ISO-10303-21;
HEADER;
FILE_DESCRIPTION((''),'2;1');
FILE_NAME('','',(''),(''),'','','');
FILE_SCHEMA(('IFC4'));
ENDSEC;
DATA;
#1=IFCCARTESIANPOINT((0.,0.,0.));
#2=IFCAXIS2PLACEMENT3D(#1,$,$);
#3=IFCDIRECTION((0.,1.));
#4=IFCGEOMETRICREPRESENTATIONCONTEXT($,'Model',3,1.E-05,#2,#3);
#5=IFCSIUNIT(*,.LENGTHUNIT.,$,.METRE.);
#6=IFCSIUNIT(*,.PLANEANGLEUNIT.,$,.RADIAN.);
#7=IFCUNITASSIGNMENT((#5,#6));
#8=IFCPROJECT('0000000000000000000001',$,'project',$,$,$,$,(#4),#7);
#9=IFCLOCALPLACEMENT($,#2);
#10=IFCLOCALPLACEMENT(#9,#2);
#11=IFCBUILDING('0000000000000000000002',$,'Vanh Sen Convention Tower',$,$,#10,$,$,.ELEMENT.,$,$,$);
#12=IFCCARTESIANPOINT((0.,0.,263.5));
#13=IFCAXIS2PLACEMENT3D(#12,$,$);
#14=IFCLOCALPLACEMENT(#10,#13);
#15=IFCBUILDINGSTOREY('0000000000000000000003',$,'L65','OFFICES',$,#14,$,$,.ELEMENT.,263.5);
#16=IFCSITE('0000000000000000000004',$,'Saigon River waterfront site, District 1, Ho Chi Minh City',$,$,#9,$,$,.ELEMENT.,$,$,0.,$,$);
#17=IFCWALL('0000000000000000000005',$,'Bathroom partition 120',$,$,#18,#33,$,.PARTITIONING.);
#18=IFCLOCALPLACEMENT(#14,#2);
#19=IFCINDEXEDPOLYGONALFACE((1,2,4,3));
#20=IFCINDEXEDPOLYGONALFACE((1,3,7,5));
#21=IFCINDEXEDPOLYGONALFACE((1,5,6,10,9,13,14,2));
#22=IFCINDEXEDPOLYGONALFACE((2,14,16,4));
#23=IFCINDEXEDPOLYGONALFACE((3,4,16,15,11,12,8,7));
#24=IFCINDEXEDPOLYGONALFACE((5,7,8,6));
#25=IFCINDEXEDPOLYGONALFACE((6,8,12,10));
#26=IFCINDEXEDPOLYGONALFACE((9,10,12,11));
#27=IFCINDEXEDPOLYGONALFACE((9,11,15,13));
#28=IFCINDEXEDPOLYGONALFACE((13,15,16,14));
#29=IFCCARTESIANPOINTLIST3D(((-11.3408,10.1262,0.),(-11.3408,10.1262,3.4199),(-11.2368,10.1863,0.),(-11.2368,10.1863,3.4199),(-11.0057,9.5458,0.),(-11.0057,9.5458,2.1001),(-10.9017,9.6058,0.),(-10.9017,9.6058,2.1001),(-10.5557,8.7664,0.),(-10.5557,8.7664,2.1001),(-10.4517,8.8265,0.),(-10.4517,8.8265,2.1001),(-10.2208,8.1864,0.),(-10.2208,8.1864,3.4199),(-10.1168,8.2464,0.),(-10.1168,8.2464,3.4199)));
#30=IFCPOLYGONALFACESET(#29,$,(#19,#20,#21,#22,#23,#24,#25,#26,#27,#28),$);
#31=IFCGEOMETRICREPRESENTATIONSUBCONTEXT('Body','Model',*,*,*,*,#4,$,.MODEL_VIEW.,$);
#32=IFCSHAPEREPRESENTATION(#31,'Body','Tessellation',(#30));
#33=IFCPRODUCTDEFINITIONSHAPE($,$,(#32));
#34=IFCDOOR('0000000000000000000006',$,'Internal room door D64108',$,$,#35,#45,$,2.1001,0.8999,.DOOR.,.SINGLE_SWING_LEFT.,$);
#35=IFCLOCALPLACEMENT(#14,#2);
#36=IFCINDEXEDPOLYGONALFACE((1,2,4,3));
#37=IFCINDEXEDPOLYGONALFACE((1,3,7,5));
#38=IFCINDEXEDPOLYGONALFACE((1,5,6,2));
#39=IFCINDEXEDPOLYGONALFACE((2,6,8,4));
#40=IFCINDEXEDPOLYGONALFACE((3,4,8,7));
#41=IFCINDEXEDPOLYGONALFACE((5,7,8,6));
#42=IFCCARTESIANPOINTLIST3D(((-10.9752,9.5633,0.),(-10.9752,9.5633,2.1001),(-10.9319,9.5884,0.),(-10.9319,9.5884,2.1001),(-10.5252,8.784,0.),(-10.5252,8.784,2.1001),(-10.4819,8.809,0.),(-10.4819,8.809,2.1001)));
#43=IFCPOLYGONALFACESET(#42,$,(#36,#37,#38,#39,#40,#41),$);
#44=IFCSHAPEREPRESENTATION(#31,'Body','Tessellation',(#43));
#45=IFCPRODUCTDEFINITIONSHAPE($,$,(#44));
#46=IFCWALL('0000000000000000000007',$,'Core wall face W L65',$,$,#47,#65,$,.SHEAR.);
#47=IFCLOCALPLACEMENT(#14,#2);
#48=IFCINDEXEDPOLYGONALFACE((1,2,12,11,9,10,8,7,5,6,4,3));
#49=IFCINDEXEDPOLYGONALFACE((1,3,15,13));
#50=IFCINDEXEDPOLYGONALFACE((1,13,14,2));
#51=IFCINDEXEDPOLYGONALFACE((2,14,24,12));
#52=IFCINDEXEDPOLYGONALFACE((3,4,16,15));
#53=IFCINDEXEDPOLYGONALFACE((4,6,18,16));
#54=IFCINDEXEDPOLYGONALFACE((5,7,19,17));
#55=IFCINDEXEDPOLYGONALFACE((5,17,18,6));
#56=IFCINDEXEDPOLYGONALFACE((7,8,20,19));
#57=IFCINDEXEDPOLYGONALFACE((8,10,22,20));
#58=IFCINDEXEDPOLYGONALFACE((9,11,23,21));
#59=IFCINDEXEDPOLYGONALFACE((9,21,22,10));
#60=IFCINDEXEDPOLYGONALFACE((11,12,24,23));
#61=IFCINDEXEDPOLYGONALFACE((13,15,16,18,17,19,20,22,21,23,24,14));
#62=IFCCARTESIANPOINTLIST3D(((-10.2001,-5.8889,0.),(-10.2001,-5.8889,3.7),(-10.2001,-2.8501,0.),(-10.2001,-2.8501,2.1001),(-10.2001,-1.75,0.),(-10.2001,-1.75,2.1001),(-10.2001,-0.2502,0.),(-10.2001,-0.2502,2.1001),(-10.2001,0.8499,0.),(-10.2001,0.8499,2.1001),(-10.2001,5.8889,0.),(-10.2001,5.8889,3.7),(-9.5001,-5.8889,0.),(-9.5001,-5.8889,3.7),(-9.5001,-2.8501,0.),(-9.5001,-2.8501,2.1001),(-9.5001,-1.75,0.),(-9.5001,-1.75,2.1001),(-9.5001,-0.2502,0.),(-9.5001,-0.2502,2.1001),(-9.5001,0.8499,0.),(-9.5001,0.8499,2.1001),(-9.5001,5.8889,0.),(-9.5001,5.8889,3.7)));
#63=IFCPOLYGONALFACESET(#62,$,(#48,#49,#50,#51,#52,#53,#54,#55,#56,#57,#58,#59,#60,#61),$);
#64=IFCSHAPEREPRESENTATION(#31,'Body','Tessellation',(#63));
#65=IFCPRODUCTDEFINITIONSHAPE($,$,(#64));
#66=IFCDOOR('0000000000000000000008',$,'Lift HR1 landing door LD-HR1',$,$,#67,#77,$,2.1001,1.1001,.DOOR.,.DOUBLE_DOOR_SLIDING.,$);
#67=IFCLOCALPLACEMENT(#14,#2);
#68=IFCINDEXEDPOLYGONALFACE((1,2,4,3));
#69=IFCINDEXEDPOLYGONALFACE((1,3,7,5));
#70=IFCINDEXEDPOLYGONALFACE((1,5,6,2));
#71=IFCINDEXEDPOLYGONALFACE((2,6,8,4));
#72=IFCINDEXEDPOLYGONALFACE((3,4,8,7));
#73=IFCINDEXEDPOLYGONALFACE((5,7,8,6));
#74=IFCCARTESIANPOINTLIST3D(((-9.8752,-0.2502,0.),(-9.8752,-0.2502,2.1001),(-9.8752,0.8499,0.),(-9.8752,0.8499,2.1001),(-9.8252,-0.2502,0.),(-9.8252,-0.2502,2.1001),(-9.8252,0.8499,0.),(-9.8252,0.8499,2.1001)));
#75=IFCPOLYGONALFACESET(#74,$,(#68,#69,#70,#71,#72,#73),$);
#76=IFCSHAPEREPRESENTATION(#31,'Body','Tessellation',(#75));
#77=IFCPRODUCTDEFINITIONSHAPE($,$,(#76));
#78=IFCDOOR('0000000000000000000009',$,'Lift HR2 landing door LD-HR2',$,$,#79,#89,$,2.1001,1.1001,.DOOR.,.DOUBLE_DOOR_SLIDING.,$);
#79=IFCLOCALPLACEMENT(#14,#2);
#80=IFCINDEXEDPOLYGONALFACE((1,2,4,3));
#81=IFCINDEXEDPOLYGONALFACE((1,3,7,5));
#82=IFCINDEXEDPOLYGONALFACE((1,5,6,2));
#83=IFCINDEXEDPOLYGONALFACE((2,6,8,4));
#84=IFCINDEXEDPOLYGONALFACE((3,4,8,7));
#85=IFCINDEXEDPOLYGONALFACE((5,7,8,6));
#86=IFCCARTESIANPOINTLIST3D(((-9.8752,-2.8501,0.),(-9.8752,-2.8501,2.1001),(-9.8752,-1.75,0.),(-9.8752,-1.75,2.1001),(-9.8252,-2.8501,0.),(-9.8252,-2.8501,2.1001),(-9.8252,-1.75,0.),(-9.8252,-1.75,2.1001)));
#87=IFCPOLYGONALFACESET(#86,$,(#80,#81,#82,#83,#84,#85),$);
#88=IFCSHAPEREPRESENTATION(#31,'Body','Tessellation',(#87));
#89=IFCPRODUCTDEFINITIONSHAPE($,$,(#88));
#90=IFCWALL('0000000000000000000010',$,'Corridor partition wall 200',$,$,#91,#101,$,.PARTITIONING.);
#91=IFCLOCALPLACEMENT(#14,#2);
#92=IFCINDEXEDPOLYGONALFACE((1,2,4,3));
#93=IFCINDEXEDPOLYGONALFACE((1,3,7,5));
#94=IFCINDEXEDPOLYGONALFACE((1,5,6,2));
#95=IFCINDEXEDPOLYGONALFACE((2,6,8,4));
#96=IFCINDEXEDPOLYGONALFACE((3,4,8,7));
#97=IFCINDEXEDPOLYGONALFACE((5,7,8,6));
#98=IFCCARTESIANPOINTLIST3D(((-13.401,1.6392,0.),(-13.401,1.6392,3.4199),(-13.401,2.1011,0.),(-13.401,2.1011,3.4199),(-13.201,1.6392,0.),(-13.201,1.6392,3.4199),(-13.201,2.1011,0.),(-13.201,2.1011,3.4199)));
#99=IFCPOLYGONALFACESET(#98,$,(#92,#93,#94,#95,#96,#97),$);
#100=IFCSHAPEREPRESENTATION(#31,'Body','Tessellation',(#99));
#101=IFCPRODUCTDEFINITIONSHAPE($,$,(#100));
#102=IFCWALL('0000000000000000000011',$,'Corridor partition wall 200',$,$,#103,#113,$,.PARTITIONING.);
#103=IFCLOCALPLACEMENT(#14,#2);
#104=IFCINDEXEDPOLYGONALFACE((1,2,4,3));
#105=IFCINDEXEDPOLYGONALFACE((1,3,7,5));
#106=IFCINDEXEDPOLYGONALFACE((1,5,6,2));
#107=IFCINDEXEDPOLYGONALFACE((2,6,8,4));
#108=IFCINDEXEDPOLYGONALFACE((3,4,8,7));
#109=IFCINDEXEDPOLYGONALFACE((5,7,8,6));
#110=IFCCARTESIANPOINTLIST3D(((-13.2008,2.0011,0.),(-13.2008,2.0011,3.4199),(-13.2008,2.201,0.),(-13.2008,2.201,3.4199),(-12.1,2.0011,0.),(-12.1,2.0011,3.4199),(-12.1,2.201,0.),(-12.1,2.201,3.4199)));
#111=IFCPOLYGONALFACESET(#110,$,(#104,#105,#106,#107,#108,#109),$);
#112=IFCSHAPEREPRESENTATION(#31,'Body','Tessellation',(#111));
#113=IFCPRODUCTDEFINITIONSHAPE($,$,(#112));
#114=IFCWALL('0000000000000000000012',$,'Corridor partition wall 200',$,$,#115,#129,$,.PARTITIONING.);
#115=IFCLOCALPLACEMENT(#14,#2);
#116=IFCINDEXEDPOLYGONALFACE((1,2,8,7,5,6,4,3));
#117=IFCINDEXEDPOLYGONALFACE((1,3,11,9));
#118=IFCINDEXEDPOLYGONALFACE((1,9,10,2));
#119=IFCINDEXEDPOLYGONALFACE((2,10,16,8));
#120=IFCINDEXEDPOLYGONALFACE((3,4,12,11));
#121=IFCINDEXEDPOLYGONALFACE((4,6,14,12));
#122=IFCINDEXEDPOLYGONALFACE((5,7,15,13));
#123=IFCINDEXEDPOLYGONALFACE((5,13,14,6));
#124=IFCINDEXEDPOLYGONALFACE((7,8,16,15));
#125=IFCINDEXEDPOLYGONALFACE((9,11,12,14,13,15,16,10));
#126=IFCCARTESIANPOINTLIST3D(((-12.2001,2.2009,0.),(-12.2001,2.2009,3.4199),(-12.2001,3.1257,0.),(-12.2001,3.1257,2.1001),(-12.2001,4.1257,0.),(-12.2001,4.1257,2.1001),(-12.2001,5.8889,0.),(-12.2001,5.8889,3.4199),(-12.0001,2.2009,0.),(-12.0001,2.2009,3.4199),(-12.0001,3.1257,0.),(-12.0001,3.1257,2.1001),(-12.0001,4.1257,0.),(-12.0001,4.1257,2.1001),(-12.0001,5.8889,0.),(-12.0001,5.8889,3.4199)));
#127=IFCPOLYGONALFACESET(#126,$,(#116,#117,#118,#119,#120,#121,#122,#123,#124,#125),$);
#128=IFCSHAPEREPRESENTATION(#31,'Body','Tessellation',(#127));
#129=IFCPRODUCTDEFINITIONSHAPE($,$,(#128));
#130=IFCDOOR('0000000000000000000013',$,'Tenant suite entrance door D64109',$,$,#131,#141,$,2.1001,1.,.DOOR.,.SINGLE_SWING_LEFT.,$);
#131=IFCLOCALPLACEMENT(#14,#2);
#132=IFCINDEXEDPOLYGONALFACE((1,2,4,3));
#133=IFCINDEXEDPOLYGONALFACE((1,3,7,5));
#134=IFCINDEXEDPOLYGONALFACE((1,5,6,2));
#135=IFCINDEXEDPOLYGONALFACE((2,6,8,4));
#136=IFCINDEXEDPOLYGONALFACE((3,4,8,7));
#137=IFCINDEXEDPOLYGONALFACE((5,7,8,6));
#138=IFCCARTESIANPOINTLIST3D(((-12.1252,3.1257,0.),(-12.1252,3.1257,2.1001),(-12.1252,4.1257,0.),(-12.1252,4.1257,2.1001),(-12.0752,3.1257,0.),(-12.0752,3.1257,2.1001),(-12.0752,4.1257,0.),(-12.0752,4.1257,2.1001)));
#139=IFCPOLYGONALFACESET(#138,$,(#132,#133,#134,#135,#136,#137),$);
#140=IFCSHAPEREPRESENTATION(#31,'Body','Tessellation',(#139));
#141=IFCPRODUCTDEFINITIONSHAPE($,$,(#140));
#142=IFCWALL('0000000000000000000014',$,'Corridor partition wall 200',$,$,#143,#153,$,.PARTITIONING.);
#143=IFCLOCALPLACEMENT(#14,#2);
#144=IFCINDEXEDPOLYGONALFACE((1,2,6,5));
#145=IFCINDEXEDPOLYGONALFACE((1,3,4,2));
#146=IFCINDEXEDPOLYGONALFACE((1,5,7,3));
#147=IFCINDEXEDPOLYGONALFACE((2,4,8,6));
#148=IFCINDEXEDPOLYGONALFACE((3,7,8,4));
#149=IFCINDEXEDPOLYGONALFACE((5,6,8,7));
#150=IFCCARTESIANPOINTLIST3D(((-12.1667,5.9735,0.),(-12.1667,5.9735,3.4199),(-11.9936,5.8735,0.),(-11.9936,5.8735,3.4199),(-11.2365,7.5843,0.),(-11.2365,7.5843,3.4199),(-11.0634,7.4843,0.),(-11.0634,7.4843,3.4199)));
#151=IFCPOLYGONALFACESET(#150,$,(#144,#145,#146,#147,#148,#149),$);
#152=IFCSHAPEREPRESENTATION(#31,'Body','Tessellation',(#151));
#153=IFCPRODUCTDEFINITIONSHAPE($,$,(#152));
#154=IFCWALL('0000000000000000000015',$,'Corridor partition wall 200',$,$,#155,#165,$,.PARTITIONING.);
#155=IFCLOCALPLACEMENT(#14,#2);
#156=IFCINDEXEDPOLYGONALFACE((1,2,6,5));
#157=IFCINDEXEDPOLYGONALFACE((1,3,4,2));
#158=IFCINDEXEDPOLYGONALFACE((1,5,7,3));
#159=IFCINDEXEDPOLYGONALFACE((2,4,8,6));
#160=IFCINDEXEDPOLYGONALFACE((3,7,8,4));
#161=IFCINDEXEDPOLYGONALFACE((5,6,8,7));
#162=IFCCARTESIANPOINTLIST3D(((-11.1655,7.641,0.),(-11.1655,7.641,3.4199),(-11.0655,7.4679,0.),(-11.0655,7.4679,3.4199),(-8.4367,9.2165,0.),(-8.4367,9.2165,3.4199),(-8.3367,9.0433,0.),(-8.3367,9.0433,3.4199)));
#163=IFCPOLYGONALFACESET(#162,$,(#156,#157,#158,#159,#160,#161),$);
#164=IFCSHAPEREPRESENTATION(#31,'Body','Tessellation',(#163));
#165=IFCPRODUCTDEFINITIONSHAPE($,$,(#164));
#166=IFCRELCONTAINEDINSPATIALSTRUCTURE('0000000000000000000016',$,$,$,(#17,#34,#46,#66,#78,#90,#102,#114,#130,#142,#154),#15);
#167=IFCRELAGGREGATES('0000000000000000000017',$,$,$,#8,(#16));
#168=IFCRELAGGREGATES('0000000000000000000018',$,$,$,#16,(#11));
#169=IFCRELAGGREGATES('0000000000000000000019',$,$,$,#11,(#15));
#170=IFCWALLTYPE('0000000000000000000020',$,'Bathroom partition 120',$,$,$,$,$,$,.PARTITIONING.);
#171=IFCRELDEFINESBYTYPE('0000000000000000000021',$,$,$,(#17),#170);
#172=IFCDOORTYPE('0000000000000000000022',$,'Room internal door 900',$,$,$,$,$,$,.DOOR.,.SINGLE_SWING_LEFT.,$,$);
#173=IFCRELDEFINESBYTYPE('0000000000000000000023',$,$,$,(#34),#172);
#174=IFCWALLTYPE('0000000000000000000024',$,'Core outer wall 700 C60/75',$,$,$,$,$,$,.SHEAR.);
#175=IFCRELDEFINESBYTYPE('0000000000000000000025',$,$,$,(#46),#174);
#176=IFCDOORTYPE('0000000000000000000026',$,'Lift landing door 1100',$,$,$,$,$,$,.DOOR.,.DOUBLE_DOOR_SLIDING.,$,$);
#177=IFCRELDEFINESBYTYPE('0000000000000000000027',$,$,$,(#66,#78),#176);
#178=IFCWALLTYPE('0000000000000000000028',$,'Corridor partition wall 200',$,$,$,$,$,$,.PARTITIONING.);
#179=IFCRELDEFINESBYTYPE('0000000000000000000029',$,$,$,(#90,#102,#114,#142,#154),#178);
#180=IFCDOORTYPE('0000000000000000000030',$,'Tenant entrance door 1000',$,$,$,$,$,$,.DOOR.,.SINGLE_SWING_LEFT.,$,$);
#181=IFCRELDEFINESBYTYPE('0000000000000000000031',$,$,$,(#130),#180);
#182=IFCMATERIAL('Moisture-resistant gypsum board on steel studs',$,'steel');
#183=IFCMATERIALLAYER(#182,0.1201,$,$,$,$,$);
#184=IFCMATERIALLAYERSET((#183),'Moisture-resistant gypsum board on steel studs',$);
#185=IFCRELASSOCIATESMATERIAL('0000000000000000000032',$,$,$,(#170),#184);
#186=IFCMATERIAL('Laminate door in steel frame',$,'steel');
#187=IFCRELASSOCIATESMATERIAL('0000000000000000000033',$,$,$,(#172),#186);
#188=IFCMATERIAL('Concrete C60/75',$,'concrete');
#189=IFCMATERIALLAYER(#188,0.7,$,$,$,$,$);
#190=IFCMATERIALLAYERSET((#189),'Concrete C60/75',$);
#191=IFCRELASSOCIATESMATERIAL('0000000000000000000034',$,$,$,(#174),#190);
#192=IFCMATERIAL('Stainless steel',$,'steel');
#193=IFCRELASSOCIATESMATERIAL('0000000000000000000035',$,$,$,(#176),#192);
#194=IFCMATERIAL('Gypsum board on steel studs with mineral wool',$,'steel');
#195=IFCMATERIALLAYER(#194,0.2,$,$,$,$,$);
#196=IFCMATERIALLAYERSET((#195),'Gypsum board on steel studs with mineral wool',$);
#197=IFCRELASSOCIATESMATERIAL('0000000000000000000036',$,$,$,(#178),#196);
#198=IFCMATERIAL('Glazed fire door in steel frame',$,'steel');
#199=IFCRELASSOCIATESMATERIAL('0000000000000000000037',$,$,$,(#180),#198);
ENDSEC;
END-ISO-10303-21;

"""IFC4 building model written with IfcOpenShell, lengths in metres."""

from ifc_helpers import new_model, si_unit, direction, frame, frame_2d, origin, place, context, subcontext, project, spatial, rectangle, extrude, material, layer, layer_set, type_object, element, fill, save


model = new_model("IFC4")

# Units and contexts
model_context = context("Model", 3, precision=1e-05, world=origin(), true_north=direction((0.0, 1.0)))
body_context = subcontext(model_context, "Body", "Model", "MODEL_VIEW")
ifc_project = project(units=[si_unit("LENGTHUNIT", "METRE"), si_unit("PLANEANGLEUNIT", "RADIAN")], contexts=[model_context])

# Site, building, storey
site_placement = place(None, origin())
site = spatial("IfcSite", under=ifc_project, at=site_placement, Name="Saigon River waterfront site, District 1, Ho Chi Minh City", CompositionType="ELEMENT", RefElevation=0.0)
building_placement = place(site_placement, origin())
building = spatial("IfcBuilding", under=site, at=building_placement, Name="Vanh Sen Convention Tower", CompositionType="ELEMENT")
storey_placement = place(building_placement, frame((0.0, 0.0, 263.5)))
storey = spatial("IfcBuildingStorey", under=building, at=storey_placement, Name="L65", Description="OFFICES", CompositionType="ELEMENT", Elevation=263.5)

# Wall, opening, door
ifc_material_1 = material(Name="Moisture-resistant gypsum board on steel studs", Category="steel")
ifc_layer_1 = layer(ifc_material_1, 0.1201)
ifc_layer_set_1 = layer_set([ifc_layer_1], Name="Moisture-resistant gypsum board on steel studs")
wall_type_1 = type_object("IfcWallType", Name="Bathroom partition 120", PredefinedType="PARTITIONING", material=ifc_layer_set_1)
wall_1_placement = place(storey_placement, frame((-10.1687, 8.2163, 0.0), z_axis=(0.0, 0.0, 1.0), x_axis=(-0.500031, 0.866008, 0.0)))
wall_1 = element("IfcWall", 1, at=wall_1_placement, inside=storey, type_object=wall_type_1, Name="Bathroom partition 120", PredefinedType="PARTITIONING", context=body_context, shape_type="SweptSolid", body=[
    extrude(rectangle(XDim=2.24, YDim=0.1201, at=frame_2d((1.1201, 0.0))), origin(), (0.0, 0.0, 1.0), 3.4199),
])
opening_1_placement = place(wall_1_placement, frame((0.6699, 0.0, 0.0)))
opening_1 = element("IfcOpeningElement", 2, at=opening_1_placement, cuts=wall_1, PredefinedType="OPENING", context=body_context, shape_type="SweptSolid", body=[
    extrude(rectangle(XDim=0.8999, YDim=2.1001, at=frame_2d((0.45, 1.05))), frame((0.0, 0.0701, 0.0), z_axis=(0.0, -1.0, 0.0), x_axis=(1.0, 0.0, 0.0)), (0.0, 0.0, 1.0), 0.1401),
])
ifc_material_2 = material(Name="Laminate door in steel frame", Category="steel")
door_type_1 = type_object("IfcDoorType", Name="Room internal door 900", OperationType="SINGLE_SWING_LEFT", PredefinedType="DOOR", material=ifc_material_2)
door_1_placement = place(opening_1_placement, origin())
door_1 = element("IfcDoor", 3, at=door_1_placement, inside=storey, type_object=door_type_1, Name="Internal room door D64108", OperationType="SINGLE_SWING_LEFT", OverallHeight=2.1001, OverallWidth=0.8999, PredefinedType="DOOR", context=body_context, shape_type="SweptSolid", body=[
    extrude(rectangle(XDim=0.8999, YDim=2.1001, at=frame_2d((0.45, 1.05))), frame((0.0, 0.0249, 0.0), z_axis=(0.0, -1.0, 0.0), x_axis=(1.0, 0.0, 0.0)), (0.0, 0.0, 1.0), 0.05),
])
fill(opening_1, door_1)

# Wall, openings, doors
ifc_material_3 = material(Name="Concrete C60/75", Category="concrete")
ifc_layer_2 = layer(ifc_material_3, 0.7)
ifc_layer_set_2 = layer_set([ifc_layer_2], Name="Concrete C60/75")
wall_type_2 = type_object("IfcWallType", Name="Core outer wall 700 C60/75", PredefinedType="SHEAR", material=ifc_layer_set_2)
wall_2_placement = place(storey_placement, frame((-9.8501, 5.8889, 0.0), z_axis=(0.0, 0.0, 1.0), x_axis=(0.0, -1.0, 0.0)))
wall_2 = element("IfcWall", 4, at=wall_2_placement, inside=storey, type_object=wall_type_2, Name="Core wall face W L65", PredefinedType="SHEAR", context=body_context, shape_type="SweptSolid", body=[
    extrude(rectangle(XDim=11.7778, YDim=0.7, at=frame_2d((5.8889, 0.0))), origin(), (0.0, 0.0, 1.0), 3.7),
])
opening_2_placement = place(wall_2_placement, frame((5.0391, 0.0, 0.0)))
opening_2 = element("IfcOpeningElement", 5, at=opening_2_placement, cuts=wall_2, PredefinedType="OPENING", context=body_context, shape_type="SweptSolid", body=[
    extrude(rectangle(XDim=1.1001, YDim=2.1001, at=frame_2d((0.55, 1.05))), frame((0.0, 0.3599, 0.0), z_axis=(0.0, -1.0, 0.0), x_axis=(1.0, 0.0, 0.0)), (0.0, 0.0, 1.0), 0.72),
])
opening_3_placement = place(wall_2_placement, frame((7.6389, 0.0, 0.0)))
opening_3 = element("IfcOpeningElement", 6, at=opening_3_placement, cuts=wall_2, PredefinedType="OPENING", context=body_context, shape_type="SweptSolid", body=[
    extrude(rectangle(XDim=1.1001, YDim=2.1001, at=frame_2d((0.55, 1.05))), frame((0.0, 0.3599, 0.0), z_axis=(0.0, -1.0, 0.0), x_axis=(1.0, 0.0, 0.0)), (0.0, 0.0, 1.0), 0.72),
])
ifc_material_4 = material(Name="Stainless steel", Category="steel")
door_type_2 = type_object("IfcDoorType", Name="Lift landing door 1100", OperationType="DOUBLE_DOOR_SLIDING", PredefinedType="DOOR", material=ifc_material_4)
door_2_placement = place(opening_2_placement, origin())
door_2 = element("IfcDoor", 7, at=door_2_placement, inside=storey, type_object=door_type_2, Name="Lift HR1 landing door LD-HR1", OperationType="DOUBLE_DOOR_SLIDING", OverallHeight=2.1001, OverallWidth=1.1001, PredefinedType="DOOR", context=body_context, shape_type="SweptSolid", body=[
    extrude(rectangle(XDim=1.1001, YDim=2.1001, at=frame_2d((0.55, 1.05))), frame((0.0, 0.0249, 0.0), z_axis=(0.0, -1.0, 0.0), x_axis=(1.0, 0.0, 0.0)), (0.0, 0.0, 1.0), 0.05),
])
fill(opening_2, door_2)
door_3_placement = place(opening_3_placement, origin())
door_3 = element("IfcDoor", 8, at=door_3_placement, inside=storey, type_object=door_type_2, Name="Lift HR2 landing door LD-HR2", OperationType="DOUBLE_DOOR_SLIDING", OverallHeight=2.1001, OverallWidth=1.1001, PredefinedType="DOOR", context=body_context, shape_type="SweptSolid", body=[
    extrude(rectangle(XDim=1.1001, YDim=2.1001, at=frame_2d((0.55, 1.05))), frame((0.0, 0.0249, 0.0), z_axis=(0.0, -1.0, 0.0), x_axis=(1.0, 0.0, 0.0)), (0.0, 0.0, 1.0), 0.05),
])
fill(opening_3, door_3)

# Walls
ifc_material_5 = material(Name="Gypsum board on steel studs with mineral wool", Category="steel")
ifc_layer_3 = layer(ifc_material_5, 0.2)
ifc_layer_set_3 = layer_set([ifc_layer_3], Name="Gypsum board on steel studs with mineral wool")
wall_type_3 = type_object("IfcWallType", Name="Corridor partition wall 200", PredefinedType="PARTITIONING", material=ifc_layer_set_3)
wall_3_placement = place(storey_placement, frame((-13.301, 2.1011, 0.0), z_axis=(0.0, 0.0, 1.0), x_axis=(0.0, -1.0, 0.0)))
element("IfcWall", 9, at=wall_3_placement, inside=storey, type_object=wall_type_3, Name="Corridor partition wall 200", PredefinedType="PARTITIONING", context=body_context, shape_type="SweptSolid", body=[
    extrude(rectangle(XDim=0.4619, YDim=0.2, at=frame_2d((0.231, 0.0))), origin(), (0.0, 0.0, 1.0), 3.4199),
])
wall_4_placement = place(storey_placement, frame((-12.1001, 2.1011, 0.0), z_axis=(0.0, 0.0, 1.0), x_axis=(-1.0, 0.0, 0.0)))
element("IfcWall", 10, at=wall_4_placement, inside=storey, type_object=wall_type_3, Name="Corridor partition wall 200", PredefinedType="PARTITIONING", context=body_context, shape_type="SweptSolid", body=[
    extrude(rectangle(XDim=1.1008, YDim=0.2, at=frame_2d((0.5503, 0.0))), origin(), (0.0, 0.0, 1.0), 3.4199),
])

# Wall, opening, door
wall_5_placement = place(storey_placement, frame((-12.1001, 5.8889, 0.0), z_axis=(0.0, 0.0, 1.0), x_axis=(0.0, -1.0, 0.0)))
wall_5 = element("IfcWall", 11, at=wall_5_placement, inside=storey, type_object=wall_type_3, Name="Corridor partition wall 200", PredefinedType="PARTITIONING", context=body_context, shape_type="SweptSolid", body=[
    extrude(rectangle(XDim=3.688, YDim=0.2, at=frame_2d((1.844, 0.0))), origin(), (0.0, 0.0, 1.0), 3.4199),
])
opening_4_placement = place(wall_5_placement, frame((1.7632, 0.0, 0.0)))
opening_4 = element("IfcOpeningElement", 12, at=opening_4_placement, cuts=wall_5, PredefinedType="OPENING", context=body_context, shape_type="SweptSolid", body=[
    extrude(rectangle(XDim=1.0, YDim=2.1001, at=frame_2d((0.5, 1.05))), frame((0.0, 0.1099, 0.0), z_axis=(0.0, -1.0, 0.0), x_axis=(1.0, 0.0, 0.0)), (0.0, 0.0, 1.0), 0.22),
])
ifc_material_6 = material(Name="Glazed fire door in steel frame", Category="steel")
door_type_3 = type_object("IfcDoorType", Name="Tenant entrance door 1000", OperationType="SINGLE_SWING_LEFT", PredefinedType="DOOR", material=ifc_material_6)
door_4_placement = place(opening_4_placement, origin())
door_4 = element("IfcDoor", 13, at=door_4_placement, inside=storey, type_object=door_type_3, Name="Tenant suite entrance door D64109", OperationType="SINGLE_SWING_LEFT", OverallHeight=2.1001, OverallWidth=1.0, PredefinedType="DOOR", context=body_context, shape_type="SweptSolid", body=[
    extrude(rectangle(XDim=1.0, YDim=2.1001, at=frame_2d((0.5, 1.05))), frame((0.0, 0.0249, 0.0), z_axis=(0.0, -1.0, 0.0), x_axis=(1.0, 0.0, 0.0)), (0.0, 0.0, 1.0), 0.05),
])
fill(opening_4, door_4)

# Walls
wall_6_placement = place(storey_placement, frame((-11.1499, 7.5344, 0.0), z_axis=(0.0, 0.0, 1.0), x_axis=(-0.500063, -0.865989, 0.0)))
element("IfcWall", 14, at=wall_6_placement, inside=storey, type_object=wall_type_3, Name="Corridor partition wall 200", PredefinedType="PARTITIONING", context=body_context, shape_type="SweptSolid", body=[
    extrude(rectangle(XDim=1.8601, YDim=0.2, at=frame_2d((0.9302, 0.0))), origin(), (0.0, 0.0, 1.0), 3.4199),
])
wall_7_placement = place(storey_placement, frame((-8.3867, 9.1299, 0.0), z_axis=(0.0, 0.0, 1.0), x_axis=(-0.866027, -0.499997, 0.0)))
element("IfcWall", 15, at=wall_7_placement, inside=storey, type_object=wall_type_3, Name="Corridor partition wall 200", PredefinedType="PARTITIONING", context=body_context, shape_type="SweptSolid", body=[
    extrude(rectangle(XDim=3.1509, YDim=0.2, at=frame_2d((1.5754, 0.0))), origin(), (0.0, 0.0, 1.0), 3.4199),
])

save(model, "model.ifc")
